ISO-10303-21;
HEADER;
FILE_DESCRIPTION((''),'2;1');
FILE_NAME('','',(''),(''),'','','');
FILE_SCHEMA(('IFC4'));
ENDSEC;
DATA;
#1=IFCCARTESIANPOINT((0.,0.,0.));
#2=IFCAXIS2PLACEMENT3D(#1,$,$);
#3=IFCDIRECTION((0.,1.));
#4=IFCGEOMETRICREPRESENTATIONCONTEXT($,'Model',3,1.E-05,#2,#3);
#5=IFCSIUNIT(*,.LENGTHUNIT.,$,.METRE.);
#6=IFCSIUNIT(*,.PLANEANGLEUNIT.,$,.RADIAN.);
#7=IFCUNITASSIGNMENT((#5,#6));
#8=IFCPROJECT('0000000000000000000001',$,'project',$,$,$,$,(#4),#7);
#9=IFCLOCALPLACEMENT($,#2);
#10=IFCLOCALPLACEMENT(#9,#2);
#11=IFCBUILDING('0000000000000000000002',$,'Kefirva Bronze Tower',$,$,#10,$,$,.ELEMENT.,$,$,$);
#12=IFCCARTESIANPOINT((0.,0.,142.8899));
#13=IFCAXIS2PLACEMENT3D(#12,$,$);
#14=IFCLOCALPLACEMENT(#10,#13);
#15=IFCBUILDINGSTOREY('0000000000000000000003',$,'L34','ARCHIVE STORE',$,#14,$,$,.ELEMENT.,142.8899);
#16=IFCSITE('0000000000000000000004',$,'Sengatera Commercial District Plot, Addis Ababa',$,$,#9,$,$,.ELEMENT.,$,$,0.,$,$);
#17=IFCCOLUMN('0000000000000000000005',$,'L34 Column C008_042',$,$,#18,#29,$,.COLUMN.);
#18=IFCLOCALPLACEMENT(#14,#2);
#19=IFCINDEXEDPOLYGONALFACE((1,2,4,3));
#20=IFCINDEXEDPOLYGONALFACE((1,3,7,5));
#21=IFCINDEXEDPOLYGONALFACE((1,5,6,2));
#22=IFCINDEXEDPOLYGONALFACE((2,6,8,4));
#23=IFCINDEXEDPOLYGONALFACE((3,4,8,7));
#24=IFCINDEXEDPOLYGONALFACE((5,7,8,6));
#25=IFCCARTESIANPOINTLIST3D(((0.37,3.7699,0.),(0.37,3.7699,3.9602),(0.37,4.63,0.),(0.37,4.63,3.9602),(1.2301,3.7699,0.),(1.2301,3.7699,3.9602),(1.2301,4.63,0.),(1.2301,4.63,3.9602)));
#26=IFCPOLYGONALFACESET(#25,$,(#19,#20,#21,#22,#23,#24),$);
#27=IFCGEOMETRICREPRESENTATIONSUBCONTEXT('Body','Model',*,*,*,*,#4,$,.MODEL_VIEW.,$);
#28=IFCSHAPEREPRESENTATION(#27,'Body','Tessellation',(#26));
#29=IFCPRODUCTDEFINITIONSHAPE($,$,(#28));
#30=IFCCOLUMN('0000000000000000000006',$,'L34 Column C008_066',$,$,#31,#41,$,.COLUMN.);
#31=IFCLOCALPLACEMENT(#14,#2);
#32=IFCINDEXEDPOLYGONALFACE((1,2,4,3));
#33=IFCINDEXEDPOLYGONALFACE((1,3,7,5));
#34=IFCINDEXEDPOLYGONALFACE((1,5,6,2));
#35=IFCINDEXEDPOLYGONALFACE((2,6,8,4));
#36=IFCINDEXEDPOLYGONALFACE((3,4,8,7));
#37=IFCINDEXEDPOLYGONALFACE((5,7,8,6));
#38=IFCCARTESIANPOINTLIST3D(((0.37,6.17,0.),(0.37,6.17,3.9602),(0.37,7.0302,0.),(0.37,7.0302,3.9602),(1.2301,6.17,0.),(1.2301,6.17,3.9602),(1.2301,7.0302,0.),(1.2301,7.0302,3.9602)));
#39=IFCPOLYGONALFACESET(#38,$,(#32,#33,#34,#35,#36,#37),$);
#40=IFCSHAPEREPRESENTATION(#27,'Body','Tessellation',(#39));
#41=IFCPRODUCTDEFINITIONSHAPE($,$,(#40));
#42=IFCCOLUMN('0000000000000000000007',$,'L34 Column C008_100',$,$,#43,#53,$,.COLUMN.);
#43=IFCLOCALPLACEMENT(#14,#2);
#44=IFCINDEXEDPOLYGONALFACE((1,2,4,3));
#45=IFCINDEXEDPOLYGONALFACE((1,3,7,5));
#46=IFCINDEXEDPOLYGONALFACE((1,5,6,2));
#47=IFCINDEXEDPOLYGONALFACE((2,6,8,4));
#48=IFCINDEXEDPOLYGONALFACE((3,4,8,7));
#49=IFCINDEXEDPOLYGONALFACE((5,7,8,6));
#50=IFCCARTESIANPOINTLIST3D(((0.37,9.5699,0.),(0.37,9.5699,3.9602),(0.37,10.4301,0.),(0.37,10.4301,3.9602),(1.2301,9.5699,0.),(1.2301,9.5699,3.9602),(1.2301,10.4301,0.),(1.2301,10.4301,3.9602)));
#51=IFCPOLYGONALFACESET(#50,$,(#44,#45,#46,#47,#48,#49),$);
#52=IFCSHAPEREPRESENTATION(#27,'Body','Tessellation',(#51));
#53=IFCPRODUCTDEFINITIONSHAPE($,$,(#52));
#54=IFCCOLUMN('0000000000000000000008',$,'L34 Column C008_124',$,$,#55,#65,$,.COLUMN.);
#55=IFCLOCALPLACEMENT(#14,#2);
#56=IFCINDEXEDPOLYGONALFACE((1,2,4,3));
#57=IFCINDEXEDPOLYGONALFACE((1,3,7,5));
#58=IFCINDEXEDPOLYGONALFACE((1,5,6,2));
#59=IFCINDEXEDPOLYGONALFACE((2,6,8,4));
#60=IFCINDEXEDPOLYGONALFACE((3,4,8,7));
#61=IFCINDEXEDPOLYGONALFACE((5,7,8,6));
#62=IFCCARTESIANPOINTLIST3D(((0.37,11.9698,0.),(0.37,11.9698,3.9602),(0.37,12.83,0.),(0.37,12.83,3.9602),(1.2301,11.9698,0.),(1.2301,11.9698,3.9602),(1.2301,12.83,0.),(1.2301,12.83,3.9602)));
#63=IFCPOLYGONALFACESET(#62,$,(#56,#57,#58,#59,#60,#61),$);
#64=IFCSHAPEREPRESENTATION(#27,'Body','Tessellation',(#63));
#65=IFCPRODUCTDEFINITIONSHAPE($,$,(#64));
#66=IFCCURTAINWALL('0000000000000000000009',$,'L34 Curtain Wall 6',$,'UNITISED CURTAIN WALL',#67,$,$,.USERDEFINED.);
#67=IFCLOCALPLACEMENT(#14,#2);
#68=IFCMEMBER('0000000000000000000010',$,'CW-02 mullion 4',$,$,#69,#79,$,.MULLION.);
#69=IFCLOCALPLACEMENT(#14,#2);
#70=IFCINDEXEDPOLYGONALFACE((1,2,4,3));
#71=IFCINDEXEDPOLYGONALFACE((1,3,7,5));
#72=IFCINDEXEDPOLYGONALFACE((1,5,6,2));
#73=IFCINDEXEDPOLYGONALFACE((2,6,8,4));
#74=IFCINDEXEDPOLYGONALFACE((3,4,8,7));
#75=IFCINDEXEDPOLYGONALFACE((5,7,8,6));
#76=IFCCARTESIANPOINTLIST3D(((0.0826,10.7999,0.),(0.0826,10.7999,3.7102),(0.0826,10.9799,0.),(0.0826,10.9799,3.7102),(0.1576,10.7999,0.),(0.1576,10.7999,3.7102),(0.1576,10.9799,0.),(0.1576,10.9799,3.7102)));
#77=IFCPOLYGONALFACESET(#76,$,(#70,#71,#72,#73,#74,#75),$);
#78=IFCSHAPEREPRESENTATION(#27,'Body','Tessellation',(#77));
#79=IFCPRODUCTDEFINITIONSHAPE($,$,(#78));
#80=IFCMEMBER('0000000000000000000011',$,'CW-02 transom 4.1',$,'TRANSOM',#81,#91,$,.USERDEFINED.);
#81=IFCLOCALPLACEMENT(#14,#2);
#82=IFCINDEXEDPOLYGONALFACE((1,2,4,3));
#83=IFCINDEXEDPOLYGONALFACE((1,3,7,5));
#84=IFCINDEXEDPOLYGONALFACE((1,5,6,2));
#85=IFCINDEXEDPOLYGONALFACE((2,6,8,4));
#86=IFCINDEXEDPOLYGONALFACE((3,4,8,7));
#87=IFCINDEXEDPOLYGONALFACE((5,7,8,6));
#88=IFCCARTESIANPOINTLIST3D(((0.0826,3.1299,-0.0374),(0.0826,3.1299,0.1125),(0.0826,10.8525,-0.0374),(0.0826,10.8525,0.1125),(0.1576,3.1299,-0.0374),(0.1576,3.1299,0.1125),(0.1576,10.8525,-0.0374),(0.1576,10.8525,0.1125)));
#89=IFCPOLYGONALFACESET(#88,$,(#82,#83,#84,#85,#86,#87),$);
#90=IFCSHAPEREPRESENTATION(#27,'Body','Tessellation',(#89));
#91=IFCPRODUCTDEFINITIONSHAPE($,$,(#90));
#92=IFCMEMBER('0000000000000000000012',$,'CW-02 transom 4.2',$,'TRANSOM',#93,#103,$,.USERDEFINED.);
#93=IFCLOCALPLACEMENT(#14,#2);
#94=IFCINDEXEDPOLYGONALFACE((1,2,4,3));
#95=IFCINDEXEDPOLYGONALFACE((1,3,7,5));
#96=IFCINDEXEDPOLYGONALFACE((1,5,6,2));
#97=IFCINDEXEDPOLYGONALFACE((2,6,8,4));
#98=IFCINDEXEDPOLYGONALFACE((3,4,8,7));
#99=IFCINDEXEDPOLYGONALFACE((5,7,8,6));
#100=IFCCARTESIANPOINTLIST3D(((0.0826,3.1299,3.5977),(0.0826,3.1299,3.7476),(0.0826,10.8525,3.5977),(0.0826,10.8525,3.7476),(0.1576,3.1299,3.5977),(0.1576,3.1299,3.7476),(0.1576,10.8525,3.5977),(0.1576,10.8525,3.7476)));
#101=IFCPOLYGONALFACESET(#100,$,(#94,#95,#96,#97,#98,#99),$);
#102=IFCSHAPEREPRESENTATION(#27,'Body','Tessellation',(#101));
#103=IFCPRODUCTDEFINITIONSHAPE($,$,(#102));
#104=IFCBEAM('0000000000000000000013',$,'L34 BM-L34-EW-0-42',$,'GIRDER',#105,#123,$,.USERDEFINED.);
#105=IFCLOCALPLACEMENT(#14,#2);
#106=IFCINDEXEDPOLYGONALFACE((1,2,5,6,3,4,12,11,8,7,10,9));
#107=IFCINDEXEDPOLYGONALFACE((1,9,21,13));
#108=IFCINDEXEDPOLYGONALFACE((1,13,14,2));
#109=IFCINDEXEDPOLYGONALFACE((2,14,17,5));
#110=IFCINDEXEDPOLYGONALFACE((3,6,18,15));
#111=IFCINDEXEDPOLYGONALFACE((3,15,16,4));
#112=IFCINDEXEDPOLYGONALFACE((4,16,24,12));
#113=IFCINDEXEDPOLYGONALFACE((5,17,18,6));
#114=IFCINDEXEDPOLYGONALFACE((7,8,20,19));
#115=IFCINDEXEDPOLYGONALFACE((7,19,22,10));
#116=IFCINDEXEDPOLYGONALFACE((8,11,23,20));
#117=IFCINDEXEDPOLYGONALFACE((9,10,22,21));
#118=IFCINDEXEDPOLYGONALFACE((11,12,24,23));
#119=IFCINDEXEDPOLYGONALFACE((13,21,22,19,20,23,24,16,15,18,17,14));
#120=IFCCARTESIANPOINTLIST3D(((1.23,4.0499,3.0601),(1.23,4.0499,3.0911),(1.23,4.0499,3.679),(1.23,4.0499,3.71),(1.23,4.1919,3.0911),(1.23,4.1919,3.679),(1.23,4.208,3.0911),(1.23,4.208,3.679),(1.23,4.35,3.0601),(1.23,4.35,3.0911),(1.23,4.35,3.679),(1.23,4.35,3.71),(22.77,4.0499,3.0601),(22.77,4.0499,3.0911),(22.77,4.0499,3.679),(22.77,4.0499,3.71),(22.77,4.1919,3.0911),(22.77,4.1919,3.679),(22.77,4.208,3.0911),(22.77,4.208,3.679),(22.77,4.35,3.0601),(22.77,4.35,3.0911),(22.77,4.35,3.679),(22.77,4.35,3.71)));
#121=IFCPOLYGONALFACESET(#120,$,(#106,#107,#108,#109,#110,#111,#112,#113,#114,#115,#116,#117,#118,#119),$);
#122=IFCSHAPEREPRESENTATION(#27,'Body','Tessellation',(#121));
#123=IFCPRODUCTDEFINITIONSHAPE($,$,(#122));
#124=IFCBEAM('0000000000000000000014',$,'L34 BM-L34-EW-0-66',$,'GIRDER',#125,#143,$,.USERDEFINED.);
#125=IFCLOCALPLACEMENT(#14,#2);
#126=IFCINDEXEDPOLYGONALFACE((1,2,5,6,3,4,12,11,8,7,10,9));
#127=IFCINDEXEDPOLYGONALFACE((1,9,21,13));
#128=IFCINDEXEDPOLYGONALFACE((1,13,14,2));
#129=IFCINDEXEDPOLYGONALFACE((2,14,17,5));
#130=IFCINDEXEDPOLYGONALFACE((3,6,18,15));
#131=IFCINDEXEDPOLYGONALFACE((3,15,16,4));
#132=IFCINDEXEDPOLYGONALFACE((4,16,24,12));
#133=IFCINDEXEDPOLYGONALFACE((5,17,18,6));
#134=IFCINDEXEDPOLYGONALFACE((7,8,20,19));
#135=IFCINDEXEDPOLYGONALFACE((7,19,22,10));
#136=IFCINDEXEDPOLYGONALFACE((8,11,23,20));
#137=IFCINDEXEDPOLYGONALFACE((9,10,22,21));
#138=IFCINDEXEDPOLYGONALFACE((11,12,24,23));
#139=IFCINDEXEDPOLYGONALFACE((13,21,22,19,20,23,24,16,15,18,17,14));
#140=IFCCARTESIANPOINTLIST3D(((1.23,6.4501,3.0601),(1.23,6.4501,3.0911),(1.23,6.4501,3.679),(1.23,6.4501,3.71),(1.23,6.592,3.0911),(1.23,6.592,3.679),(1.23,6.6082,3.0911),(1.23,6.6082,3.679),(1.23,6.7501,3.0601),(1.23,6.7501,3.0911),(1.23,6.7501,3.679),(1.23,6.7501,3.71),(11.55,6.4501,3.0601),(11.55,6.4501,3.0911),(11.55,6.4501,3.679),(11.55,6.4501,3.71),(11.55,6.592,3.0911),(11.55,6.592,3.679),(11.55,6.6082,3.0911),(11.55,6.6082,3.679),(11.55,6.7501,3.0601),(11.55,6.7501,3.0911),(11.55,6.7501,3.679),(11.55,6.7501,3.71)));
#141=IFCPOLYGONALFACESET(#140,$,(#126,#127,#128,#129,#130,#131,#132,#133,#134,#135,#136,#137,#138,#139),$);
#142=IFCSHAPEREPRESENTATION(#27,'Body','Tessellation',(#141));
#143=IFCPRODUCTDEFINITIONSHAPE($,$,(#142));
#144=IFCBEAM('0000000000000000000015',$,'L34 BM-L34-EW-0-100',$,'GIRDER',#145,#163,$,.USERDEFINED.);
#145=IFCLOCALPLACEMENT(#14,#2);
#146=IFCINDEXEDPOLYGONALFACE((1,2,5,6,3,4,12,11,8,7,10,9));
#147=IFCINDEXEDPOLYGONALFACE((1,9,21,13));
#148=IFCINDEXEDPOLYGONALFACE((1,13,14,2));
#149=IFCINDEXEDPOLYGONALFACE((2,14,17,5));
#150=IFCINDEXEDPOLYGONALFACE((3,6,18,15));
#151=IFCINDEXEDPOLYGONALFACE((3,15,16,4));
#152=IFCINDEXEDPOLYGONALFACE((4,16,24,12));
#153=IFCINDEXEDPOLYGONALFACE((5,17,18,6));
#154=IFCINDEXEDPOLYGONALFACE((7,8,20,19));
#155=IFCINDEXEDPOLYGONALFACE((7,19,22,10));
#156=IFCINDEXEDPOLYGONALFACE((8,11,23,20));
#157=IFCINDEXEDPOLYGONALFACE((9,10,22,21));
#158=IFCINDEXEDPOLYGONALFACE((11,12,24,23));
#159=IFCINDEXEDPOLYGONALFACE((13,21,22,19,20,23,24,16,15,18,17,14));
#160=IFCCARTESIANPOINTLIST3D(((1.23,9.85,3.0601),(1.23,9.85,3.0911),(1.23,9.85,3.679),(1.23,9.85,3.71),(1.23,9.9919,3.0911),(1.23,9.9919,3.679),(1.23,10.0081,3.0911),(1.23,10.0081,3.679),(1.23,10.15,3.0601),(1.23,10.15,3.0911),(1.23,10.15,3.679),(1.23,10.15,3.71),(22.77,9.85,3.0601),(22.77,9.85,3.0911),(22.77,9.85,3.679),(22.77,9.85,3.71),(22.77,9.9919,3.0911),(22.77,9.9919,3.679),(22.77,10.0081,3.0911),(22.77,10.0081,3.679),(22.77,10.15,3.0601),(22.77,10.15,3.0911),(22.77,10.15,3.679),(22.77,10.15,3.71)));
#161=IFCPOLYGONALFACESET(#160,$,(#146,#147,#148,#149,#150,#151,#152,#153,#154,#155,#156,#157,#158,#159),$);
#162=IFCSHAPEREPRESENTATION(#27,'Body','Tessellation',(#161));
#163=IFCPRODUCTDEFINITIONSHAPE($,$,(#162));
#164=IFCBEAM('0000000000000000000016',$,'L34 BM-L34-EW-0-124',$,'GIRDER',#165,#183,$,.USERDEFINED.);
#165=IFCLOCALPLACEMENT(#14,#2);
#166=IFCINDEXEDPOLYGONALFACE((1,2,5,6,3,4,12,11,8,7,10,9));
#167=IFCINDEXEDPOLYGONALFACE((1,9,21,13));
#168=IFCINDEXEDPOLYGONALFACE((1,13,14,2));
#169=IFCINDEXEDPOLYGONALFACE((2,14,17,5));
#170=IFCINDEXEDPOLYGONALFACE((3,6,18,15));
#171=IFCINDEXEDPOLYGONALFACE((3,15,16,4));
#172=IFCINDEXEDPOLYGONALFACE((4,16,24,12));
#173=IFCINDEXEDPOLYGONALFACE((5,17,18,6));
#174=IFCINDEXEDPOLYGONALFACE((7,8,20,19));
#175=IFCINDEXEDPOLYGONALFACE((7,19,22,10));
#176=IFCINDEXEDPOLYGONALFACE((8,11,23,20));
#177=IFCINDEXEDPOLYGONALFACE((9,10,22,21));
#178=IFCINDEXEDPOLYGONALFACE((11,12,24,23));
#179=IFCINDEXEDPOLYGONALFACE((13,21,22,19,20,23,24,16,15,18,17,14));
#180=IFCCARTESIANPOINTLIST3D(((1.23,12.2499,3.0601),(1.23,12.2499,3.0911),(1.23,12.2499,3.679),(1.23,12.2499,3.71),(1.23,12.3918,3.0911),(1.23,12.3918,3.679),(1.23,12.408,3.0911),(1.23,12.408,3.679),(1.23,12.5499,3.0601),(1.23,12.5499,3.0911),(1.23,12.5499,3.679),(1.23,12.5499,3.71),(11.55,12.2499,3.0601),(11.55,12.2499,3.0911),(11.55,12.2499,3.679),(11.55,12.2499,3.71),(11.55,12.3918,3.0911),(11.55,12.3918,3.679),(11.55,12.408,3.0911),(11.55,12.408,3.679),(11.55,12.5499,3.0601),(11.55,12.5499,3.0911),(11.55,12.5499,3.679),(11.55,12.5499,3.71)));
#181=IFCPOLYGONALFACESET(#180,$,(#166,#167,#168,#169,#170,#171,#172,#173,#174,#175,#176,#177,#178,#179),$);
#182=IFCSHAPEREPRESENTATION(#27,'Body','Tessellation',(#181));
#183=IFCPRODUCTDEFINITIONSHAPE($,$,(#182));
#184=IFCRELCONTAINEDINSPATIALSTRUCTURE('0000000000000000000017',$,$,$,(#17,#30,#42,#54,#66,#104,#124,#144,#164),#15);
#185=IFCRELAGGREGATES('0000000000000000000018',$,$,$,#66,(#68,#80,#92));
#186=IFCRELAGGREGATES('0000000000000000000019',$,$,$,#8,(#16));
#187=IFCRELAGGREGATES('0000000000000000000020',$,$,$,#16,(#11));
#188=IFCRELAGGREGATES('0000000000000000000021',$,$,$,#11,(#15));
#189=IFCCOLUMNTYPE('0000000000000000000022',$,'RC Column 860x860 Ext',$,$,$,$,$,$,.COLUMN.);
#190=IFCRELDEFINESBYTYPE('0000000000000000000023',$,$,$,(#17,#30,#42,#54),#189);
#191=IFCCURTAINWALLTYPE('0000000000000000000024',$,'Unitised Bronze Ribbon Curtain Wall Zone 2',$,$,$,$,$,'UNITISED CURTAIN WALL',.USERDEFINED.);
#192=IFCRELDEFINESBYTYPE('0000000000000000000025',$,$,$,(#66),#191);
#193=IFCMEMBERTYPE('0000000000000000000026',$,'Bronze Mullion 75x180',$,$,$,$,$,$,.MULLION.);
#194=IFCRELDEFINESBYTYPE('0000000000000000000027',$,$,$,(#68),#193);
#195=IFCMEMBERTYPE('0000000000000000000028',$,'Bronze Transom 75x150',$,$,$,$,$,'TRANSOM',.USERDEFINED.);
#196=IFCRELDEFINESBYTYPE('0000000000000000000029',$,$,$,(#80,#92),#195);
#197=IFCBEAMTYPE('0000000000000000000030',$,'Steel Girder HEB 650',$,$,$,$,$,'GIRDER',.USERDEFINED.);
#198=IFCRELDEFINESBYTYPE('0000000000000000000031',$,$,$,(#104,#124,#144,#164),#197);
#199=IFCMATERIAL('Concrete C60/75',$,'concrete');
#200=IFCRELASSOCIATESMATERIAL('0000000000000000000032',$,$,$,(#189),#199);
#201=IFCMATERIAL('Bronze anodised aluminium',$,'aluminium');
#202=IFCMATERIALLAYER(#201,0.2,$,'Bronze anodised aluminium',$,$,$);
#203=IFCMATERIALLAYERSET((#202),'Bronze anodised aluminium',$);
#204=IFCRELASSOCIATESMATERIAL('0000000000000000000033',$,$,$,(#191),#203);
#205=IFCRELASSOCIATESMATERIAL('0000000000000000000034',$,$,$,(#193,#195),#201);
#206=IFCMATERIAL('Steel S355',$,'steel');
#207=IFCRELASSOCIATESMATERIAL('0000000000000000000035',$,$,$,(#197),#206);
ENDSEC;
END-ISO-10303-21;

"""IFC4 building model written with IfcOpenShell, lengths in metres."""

from ifc_helpers import new_model, si_unit, direction, frame, origin, origin_2d, place, context, subcontext, project, spatial, rectangle, i_section, extrude, material, layer, layer_set, material_profile, profile_set, type_object, element, aggregate, save


model = new_model("IFC4")

# Units and contexts
model_context = context("Model", 3, precision=1e-05, world=origin(), true_north=direction((0.0, 1.0)))
body_context = subcontext(model_context, "Body", "Model", "MODEL_VIEW")
ifc_project = project(units=[si_unit("LENGTHUNIT", "METRE"), si_unit("PLANEANGLEUNIT", "RADIAN")], contexts=[model_context])

# Site, building, storey
site_placement = place(None, origin())
site = spatial("IfcSite", under=ifc_project, at=site_placement, Name="Sengatera Commercial District Plot, Addis Ababa", CompositionType="ELEMENT", RefElevation=0.0)
building_placement = place(site_placement, origin())
building = spatial("IfcBuilding", under=site, at=building_placement, Name="Kefirva Bronze Tower", CompositionType="ELEMENT")
storey_placement = place(building_placement, frame((0.0, 0.0, 142.8899)))
storey = spatial("IfcBuildingStorey", under=building, at=storey_placement, Name="L34", Description="ARCHIVE STORE", CompositionType="ELEMENT", Elevation=142.8899)

# Columns
ifc_material_1 = material(Name="Concrete C60/75", Category="concrete")
ifc_material_profile_1 = material_profile(ifc_material_1, rectangle(XDim=0.8601, YDim=0.8601, at=origin_2d()), Name="RC 860x860")
ifc_profile_set_1 = profile_set([ifc_material_profile_1], Name="Concrete C60/75")
column_type = type_object("IfcColumnType", Name="RC Column 860x860 Ext", PredefinedType="COLUMN", material=ifc_profile_set_1)
for number, where, z_axis, x_axis, name in (
    (1, (0.8, 4.2, 0.0), (0.0, 0.0, 1.0), (1.0, 0.0, 0.0), "L34 Column C008_042"),
    (2, (0.8, 6.6001, 0.0), (0.0, 0.0, 1.0), (1.0, 0.0, 0.0), "L34 Column C008_066"),
    (3, (0.8, 10.0, 0.0), (0.0, 0.0, 1.0), (1.0, 0.0, 0.0), "L34 Column C008_100"),
    (4, (0.8, 12.3999, 0.0), (0.0, 0.0, 1.0), (1.0, 0.0, 0.0), "L34 Column C008_124"),
):
    element("IfcColumn", number, at=place(storey_placement, frame(where, z_axis=z_axis, x_axis=x_axis)), inside=storey, type_object=column_type, Name=name, PredefinedType="COLUMN", context=body_context, shape_type="SweptSolid", body=[
        extrude(rectangle(XDim=0.8601, YDim=0.8601, at=origin_2d()), origin(), (0.0, 0.0, 1.0), 3.9602),
    ])

# Curtain wall, members
ifc_material_2 = material(Name="Bronze anodised aluminium", Category="aluminium")
ifc_layer_1 = layer(ifc_material_2, 0.2, Name="Bronze anodised aluminium")
ifc_layer_set_1 = layer_set([ifc_layer_1], Name="Bronze anodised aluminium")
curtain_wall_type = type_object("IfcCurtainWallType", Name="Unitised Bronze Ribbon Curtain Wall Zone 2", ElementType="UNITISED CURTAIN WALL", PredefinedType="USERDEFINED", material=ifc_layer_set_1)
curtain_wall_placement = place(storey_placement, origin())
curtain_wall = element("IfcCurtainWall", 5, at=curtain_wall_placement, inside=storey, type_object=curtain_wall_type, Name="L34 Curtain Wall 6", ObjectType="UNITISED CURTAIN WALL", PredefinedType="USERDEFINED")
ifc_material_profile_2 = material_profile(ifc_material_2, rectangle(XDim=0.075, YDim=0.1799, at=origin_2d()), Name="ALU 75x180")
ifc_profile_set_2 = profile_set([ifc_material_profile_2], Name="Bronze anodised aluminium")
member_type_1 = type_object("IfcMemberType", Name="Bronze Mullion 75x180", PredefinedType="MULLION", material=ifc_profile_set_2)
member_1_placement = place(storey_placement, frame((0.1201, 10.8899, 0.0), z_axis=(0.0, 0.0, 1.0), x_axis=(1.0, 0.0, 0.0)))
member_1 = element("IfcMember", 6, at=member_1_placement, type_object=member_type_1, Name="CW-02 mullion 4", PredefinedType="MULLION", context=body_context, shape_type="SweptSolid", body=[
    extrude(rectangle(XDim=0.075, YDim=0.1799, at=origin_2d()), origin(), (0.0, 0.0, 1.0), 3.7102),
])
ifc_material_profile_3 = material_profile(ifc_material_2, rectangle(XDim=0.075, YDim=0.1499, at=origin_2d()), Name="ALU 75x150")
ifc_profile_set_3 = profile_set([ifc_material_profile_3], Name="Bronze anodised aluminium")
member_type_2 = type_object("IfcMemberType", Name="Bronze Transom 75x150", ElementType="TRANSOM", PredefinedType="USERDEFINED", material=ifc_profile_set_3)
member_2_placement = place(storey_placement, frame((0.1201, 10.8525, 0.0376), z_axis=(0.0, -1.0, 0.0), x_axis=(1.0, 0.0, 0.0)))
member_2 = element("IfcMember", 7, at=member_2_placement, type_object=member_type_2, Name="CW-02 transom 4.1", ObjectType="TRANSOM", PredefinedType="USERDEFINED", context=body_context, shape_type="SweptSolid", body=[
    extrude(rectangle(XDim=0.075, YDim=0.1499, at=origin_2d()), origin(), (0.0, 0.0, 1.0), 7.7227),
])
member_3_placement = place(storey_placement, frame((0.1201, 10.8525, 3.6726), z_axis=(0.0, -1.0, 0.0), x_axis=(1.0, 0.0, 0.0)))
member_3 = element("IfcMember", 8, at=member_3_placement, type_object=member_type_2, Name="CW-02 transom 4.2", ObjectType="TRANSOM", PredefinedType="USERDEFINED", context=body_context, shape_type="SweptSolid", body=[
    extrude(rectangle(XDim=0.075, YDim=0.1499, at=origin_2d()), origin(), (0.0, 0.0, 1.0), 7.7227),
])
aggregate(curtain_wall, [member_1, member_2, member_3])

# Beams
ifc_material_3 = material(Name="Steel S355", Category="steel")
ifc_material_profile_4 = material_profile(ifc_material_3, i_section(OverallWidth=0.3, OverallDepth=0.6499, WebThickness=0.0161, FlangeThickness=0.031, at=origin_2d()), Name="HEB 650")
ifc_profile_set_4 = profile_set([ifc_material_profile_4], Name="Steel S355")
beam_type_1 = type_object("IfcBeamType", Name="Steel Girder HEB 650", ElementType="GIRDER", PredefinedType="USERDEFINED", material=ifc_profile_set_4)
beam_1_placement = place(storey_placement, frame((1.23, 4.2, 3.385), z_axis=(1.0, 0.0, 0.0), x_axis=(0.0, 1.0, 0.0)))
element("IfcBeam", 9, at=beam_1_placement, inside=storey, type_object=beam_type_1, Name="L34 BM-L34-EW-0-42", ObjectType="GIRDER", PredefinedType="USERDEFINED", context=body_context, shape_type="SweptSolid", body=[
    extrude(i_section(OverallWidth=0.3, OverallDepth=0.6499, WebThickness=0.0161, FlangeThickness=0.031, at=origin_2d()), origin(), (0.0, 0.0, 1.0), 21.54),
])
beam_2_placement = place(storey_placement, frame((1.23, 6.6001, 3.385), z_axis=(1.0, 0.0, 0.0), x_axis=(0.0, 1.0, 0.0)))
element("IfcBeam", 10, at=beam_2_placement, inside=storey, type_object=beam_type_1, Name="L34 BM-L34-EW-0-66", ObjectType="GIRDER", PredefinedType="USERDEFINED", context=body_context, shape_type="SweptSolid", body=[
    extrude(i_section(OverallWidth=0.3, OverallDepth=0.6499, WebThickness=0.0161, FlangeThickness=0.031, at=origin_2d()), origin(), (0.0, 0.0, 1.0), 10.3201),
])
beam_3_placement = place(storey_placement, frame((1.23, 10.0, 3.385), z_axis=(1.0, 0.0, 0.0), x_axis=(0.0, 1.0, 0.0)))
element("IfcBeam", 11, at=beam_3_placement, inside=storey, type_object=beam_type_1, Name="L34 BM-L34-EW-0-100", ObjectType="GIRDER", PredefinedType="USERDEFINED", context=body_context, shape_type="SweptSolid", body=[
    extrude(i_section(OverallWidth=0.3, OverallDepth=0.6499, WebThickness=0.0161, FlangeThickness=0.031, at=origin_2d()), origin(), (0.0, 0.0, 1.0), 21.54),
])
beam_4_placement = place(storey_placement, frame((1.23, 12.3999, 3.385), z_axis=(1.0, 0.0, 0.0), x_axis=(0.0, 1.0, 0.0)))
element("IfcBeam", 12, at=beam_4_placement, inside=storey, type_object=beam_type_1, Name="L34 BM-L34-EW-0-124", ObjectType="GIRDER", PredefinedType="USERDEFINED", context=body_context, shape_type="SweptSolid", body=[
    extrude(i_section(OverallWidth=0.3, OverallDepth=0.6499, WebThickness=0.0161, FlangeThickness=0.031, at=origin_2d()), origin(), (0.0, 0.0, 1.0), 10.3201),
])

save(model, "model.ifc")
